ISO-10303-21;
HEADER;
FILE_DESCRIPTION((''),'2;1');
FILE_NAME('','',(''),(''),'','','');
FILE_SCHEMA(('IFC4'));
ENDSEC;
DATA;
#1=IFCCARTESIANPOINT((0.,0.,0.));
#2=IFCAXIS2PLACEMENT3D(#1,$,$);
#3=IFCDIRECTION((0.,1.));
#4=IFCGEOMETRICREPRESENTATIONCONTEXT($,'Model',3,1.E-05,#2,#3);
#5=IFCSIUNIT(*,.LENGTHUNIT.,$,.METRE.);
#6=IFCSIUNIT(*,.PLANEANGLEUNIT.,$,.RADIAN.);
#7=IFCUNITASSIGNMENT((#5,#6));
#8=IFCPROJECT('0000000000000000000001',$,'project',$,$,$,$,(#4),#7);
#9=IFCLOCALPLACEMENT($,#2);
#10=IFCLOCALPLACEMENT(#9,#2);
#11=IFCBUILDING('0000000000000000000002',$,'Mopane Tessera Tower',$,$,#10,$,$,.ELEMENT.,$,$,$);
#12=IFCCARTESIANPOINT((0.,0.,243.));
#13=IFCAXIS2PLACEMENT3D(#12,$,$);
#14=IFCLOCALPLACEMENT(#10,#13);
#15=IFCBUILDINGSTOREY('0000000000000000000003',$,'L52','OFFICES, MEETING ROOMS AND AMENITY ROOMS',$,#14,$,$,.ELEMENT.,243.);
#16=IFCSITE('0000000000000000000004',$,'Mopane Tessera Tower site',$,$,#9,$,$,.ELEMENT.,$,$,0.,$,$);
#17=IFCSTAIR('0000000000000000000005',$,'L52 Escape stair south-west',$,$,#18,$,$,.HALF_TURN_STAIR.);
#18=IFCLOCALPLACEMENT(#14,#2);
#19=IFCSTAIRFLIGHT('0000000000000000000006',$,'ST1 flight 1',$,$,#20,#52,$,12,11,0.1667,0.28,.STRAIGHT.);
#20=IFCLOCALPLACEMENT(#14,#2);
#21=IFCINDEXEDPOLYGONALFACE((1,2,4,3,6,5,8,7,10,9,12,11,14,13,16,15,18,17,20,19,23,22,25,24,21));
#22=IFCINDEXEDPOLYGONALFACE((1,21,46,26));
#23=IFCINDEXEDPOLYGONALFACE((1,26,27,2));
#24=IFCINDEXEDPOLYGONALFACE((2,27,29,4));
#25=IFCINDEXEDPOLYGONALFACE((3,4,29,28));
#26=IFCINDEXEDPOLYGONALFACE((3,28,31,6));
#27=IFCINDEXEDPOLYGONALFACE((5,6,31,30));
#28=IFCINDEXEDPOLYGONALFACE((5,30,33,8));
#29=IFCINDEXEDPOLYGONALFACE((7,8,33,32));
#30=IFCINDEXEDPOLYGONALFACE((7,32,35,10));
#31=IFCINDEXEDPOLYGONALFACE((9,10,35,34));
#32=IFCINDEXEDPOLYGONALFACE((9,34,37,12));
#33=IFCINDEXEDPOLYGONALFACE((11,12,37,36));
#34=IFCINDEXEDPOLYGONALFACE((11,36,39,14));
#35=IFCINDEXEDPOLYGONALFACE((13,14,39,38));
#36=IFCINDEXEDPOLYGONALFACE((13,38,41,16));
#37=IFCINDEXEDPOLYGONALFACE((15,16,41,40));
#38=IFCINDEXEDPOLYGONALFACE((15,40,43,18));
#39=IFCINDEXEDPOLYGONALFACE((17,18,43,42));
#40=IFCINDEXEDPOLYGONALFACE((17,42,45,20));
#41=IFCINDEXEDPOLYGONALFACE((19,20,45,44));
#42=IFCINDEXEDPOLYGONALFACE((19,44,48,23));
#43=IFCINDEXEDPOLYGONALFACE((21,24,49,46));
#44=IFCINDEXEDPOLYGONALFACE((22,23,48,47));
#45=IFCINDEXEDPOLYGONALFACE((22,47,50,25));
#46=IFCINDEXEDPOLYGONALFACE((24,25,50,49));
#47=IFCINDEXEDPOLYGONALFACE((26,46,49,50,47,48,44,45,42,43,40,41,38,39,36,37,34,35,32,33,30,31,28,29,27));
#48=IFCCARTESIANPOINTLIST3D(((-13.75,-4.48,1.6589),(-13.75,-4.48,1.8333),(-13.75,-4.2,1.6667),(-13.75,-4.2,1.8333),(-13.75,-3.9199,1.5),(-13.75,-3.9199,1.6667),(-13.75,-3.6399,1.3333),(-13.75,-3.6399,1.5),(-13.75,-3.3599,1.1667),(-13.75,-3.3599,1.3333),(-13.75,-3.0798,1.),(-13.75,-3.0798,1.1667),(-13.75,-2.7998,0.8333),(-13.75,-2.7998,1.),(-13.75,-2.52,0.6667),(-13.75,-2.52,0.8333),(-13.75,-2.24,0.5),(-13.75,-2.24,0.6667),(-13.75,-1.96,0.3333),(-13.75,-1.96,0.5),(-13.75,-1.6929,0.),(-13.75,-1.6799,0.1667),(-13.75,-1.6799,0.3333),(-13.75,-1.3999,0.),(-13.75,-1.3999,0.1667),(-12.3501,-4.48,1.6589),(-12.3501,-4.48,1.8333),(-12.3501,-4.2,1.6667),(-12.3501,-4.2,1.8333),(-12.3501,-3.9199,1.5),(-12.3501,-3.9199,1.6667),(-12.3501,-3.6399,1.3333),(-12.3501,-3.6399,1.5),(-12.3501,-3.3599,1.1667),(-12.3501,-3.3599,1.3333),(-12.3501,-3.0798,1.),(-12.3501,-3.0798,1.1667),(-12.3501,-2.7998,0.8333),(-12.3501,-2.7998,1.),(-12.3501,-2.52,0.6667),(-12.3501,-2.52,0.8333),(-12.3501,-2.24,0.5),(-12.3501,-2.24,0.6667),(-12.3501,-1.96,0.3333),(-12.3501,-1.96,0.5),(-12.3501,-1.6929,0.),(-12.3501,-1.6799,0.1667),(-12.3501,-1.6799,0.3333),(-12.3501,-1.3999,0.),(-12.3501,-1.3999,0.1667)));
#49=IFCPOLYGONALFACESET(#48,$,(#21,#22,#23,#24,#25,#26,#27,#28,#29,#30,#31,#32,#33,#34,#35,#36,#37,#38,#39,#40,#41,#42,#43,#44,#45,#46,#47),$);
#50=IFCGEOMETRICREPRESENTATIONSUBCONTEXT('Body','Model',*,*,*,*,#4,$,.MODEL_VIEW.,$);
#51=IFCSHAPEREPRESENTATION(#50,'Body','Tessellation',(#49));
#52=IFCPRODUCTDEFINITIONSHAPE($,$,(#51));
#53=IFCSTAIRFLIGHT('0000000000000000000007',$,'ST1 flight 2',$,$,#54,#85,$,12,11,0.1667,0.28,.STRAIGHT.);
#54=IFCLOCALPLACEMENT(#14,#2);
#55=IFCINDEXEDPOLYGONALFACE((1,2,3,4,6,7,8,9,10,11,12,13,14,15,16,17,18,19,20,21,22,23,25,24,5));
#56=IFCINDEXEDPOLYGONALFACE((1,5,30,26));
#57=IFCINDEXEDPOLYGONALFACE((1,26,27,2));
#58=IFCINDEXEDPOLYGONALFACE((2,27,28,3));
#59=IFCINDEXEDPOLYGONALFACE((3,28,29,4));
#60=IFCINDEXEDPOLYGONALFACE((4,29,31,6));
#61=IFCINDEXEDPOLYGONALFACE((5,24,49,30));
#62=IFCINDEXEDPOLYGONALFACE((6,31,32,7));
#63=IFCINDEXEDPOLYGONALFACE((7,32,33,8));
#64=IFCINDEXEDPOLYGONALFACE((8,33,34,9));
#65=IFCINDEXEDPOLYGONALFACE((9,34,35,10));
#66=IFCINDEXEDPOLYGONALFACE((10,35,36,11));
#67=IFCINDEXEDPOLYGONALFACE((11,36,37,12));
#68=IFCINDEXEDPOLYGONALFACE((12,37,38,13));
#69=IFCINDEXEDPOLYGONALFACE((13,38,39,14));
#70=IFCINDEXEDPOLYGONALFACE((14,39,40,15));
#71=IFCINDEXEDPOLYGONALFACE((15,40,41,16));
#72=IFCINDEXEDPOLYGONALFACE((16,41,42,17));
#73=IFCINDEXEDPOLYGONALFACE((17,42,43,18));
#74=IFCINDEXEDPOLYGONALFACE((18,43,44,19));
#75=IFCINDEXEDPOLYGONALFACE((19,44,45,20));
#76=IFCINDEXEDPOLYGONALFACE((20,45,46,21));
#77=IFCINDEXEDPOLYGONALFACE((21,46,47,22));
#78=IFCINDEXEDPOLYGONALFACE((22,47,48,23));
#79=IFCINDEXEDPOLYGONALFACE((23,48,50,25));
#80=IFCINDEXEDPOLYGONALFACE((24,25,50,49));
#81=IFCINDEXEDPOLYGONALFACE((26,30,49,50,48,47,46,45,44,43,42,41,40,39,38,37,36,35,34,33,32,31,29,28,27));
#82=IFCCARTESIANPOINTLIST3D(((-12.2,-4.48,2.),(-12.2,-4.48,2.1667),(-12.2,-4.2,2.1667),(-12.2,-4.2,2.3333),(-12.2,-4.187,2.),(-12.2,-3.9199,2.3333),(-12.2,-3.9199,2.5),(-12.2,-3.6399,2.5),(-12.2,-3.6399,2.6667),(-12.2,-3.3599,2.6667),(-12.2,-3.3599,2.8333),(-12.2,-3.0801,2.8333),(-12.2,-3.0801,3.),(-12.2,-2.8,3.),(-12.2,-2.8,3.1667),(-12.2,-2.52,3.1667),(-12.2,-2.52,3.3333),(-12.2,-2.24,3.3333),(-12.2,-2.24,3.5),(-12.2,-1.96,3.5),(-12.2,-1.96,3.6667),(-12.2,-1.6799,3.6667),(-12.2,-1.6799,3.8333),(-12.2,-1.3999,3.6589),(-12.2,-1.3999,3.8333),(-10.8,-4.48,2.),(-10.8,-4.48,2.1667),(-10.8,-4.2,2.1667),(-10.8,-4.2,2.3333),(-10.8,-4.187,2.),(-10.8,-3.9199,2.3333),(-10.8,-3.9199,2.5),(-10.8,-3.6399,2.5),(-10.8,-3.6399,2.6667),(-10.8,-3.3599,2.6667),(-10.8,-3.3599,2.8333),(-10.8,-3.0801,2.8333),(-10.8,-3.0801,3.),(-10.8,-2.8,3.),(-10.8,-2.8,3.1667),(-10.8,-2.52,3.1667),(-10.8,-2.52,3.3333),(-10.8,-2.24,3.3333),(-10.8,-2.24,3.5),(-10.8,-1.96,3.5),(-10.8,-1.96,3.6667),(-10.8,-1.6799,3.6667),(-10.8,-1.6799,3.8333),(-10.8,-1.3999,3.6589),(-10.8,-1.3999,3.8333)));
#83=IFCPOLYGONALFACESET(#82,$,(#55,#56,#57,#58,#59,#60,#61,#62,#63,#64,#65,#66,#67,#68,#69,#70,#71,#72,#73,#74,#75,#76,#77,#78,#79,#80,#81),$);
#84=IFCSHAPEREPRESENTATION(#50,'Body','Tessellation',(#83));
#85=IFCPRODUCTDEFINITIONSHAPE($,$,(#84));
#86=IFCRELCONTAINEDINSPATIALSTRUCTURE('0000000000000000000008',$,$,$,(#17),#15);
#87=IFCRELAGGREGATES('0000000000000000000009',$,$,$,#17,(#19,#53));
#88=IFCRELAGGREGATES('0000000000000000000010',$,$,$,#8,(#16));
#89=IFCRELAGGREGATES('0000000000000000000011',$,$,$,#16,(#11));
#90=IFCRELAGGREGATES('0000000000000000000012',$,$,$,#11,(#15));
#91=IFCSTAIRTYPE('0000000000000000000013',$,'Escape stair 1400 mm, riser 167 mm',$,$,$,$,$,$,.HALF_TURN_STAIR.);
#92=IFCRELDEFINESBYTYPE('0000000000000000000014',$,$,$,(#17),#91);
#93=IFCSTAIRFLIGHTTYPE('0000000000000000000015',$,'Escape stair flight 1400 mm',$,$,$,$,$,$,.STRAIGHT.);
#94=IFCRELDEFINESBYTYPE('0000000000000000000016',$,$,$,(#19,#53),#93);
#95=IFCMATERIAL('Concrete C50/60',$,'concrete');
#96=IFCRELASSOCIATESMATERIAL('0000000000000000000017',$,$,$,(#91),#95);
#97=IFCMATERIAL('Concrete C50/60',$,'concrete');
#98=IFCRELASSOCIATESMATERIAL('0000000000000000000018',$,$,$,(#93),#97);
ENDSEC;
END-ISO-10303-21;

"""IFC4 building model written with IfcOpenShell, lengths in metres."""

from ifc_helpers import new_model, si_unit, direction, frame, origin, place, context, subcontext, project, spatial, polyline, outline, extrude, material, type_object, element, aggregate, save


model = new_model("IFC4")

# Units and contexts
model_context = context("Model", 3, precision=1e-05, world=origin(), true_north=direction((0.0, 1.0)))
body_context = subcontext(model_context, "Body", "Model", "MODEL_VIEW")
ifc_project = project(units=[si_unit("LENGTHUNIT", "METRE"), si_unit("PLANEANGLEUNIT", "RADIAN")], contexts=[model_context])

# Site, building, storey
site_placement = place(None, origin())
site = spatial("IfcSite", under=ifc_project, at=site_placement, Name="Mopane Tessera Tower site", CompositionType="ELEMENT", RefElevation=0.0)
building_placement = place(site_placement, origin())
building = spatial("IfcBuilding", under=site, at=building_placement, Name="Mopane Tessera Tower", CompositionType="ELEMENT")
storey_placement = place(building_placement, frame((0.0, 0.0, 243.0)))
storey = spatial("IfcBuildingStorey", under=building, at=storey_placement, Name="L52", Description="OFFICES, MEETING ROOMS AND AMENITY ROOMS", CompositionType="ELEMENT", Elevation=243.0)

# Stair, stair flights
ifc_material_1 = material(Name="Concrete C50/60", Category="concrete")
stair_type = type_object("IfcStairType", Name="Escape stair 1400 mm, riser 167 mm", PredefinedType="HALF_TURN_STAIR", material=ifc_material_1)
stair_placement = place(storey_placement, origin())
stair = element("IfcStair", 1, at=stair_placement, inside=storey, type_object=stair_type, Name="L52 Escape stair south-west", PredefinedType="HALF_TURN_STAIR")
ifc_material_2 = material(Name="Concrete C50/60", Category="concrete")
stair_flight_type = type_object("IfcStairFlightType", Name="Escape stair flight 1400 mm", PredefinedType="STRAIGHT", material=ifc_material_2)
stair_flight_1_placement = place(storey_placement, frame((-13.05, -1.3999, 0.0), z_axis=(0.0, 0.0, 1.0), x_axis=(0.0, -1.0, 0.0)))
stair_flight_1 = element("IfcStairFlight", 2, at=stair_flight_1_placement, type_object=stair_flight_type, Name="ST1 flight 1", NumberOfRisers=12, NumberOfTreads=11, PredefinedType="STRAIGHT", RiserHeight=0.1667, TreadLength=0.28, context=body_context, shape_type="SweptSolid", body=[
    extrude(outline(polyline([(0.0, 0.0), (0.0, 0.1667), (0.28, 0.1667), (0.28, 0.3333), (0.5601, 0.3333), (0.5601, 0.5), (0.8401, 0.5), (0.8401, 0.6667), (1.1201, 0.6667), (1.1201, 0.8333), (1.3999, 0.8333), (1.3999, 1.0), (1.6799, 1.0), (1.6799, 1.1667), (1.96, 1.1667), (1.96, 1.3333), (2.24, 1.3333), (2.24, 1.5), (2.52, 1.5), (2.52, 1.6667), (2.8, 1.6667), (2.8, 1.8333), (3.0801, 1.8333), (3.0801, 2.0), (3.0801, 1.6589), (0.293, 0.0), (0.0, 0.0)])), frame((0.0, 0.7, 0.0), z_axis=(0.0, -1.0, 0.0), x_axis=(1.0, 0.0, 0.0)), (0.0, 0.0, 1.0), 1.3999),
])
stair_flight_2_placement = place(storey_placement, frame((-11.5, -4.48, 2.0), z_axis=(0.0, 0.0, 1.0), x_axis=(0.0, 1.0, 0.0)))
stair_flight_2 = element("IfcStairFlight", 3, at=stair_flight_2_placement, type_object=stair_flight_type, Name="ST1 flight 2", NumberOfRisers=12, NumberOfTreads=11, PredefinedType="STRAIGHT", RiserHeight=0.1667, TreadLength=0.28, context=body_context, shape_type="SweptSolid", body=[
    extrude(outline(polyline([(0.0, 0.0), (0.0, 0.1667), (0.28, 0.1667), (0.28, 0.3333), (0.5601, 0.3333), (0.5601, 0.5), (0.8401, 0.5), (0.8401, 0.6667), (1.1201, 0.6667), (1.1201, 0.8333), (1.3999, 0.8333), (1.3999, 1.0), (1.6799, 1.0), (1.6799, 1.1667), (1.96, 1.1667), (1.96, 1.3333), (2.24, 1.3333), (2.24, 1.5), (2.52, 1.5), (2.52, 1.6667), (2.8, 1.6667), (2.8, 1.8333), (3.0801, 1.8333), (3.0801, 2.0), (3.0801, 1.6589), (0.293, 0.0), (0.0, 0.0)])), frame((0.0, 0.7, 0.0), z_axis=(0.0, -1.0, 0.0), x_axis=(1.0, 0.0, 0.0)), (0.0, 0.0, 1.0), 1.3999),
])
aggregate(stair, [stair_flight_1, stair_flight_2])

save(model, "model.ifc")
